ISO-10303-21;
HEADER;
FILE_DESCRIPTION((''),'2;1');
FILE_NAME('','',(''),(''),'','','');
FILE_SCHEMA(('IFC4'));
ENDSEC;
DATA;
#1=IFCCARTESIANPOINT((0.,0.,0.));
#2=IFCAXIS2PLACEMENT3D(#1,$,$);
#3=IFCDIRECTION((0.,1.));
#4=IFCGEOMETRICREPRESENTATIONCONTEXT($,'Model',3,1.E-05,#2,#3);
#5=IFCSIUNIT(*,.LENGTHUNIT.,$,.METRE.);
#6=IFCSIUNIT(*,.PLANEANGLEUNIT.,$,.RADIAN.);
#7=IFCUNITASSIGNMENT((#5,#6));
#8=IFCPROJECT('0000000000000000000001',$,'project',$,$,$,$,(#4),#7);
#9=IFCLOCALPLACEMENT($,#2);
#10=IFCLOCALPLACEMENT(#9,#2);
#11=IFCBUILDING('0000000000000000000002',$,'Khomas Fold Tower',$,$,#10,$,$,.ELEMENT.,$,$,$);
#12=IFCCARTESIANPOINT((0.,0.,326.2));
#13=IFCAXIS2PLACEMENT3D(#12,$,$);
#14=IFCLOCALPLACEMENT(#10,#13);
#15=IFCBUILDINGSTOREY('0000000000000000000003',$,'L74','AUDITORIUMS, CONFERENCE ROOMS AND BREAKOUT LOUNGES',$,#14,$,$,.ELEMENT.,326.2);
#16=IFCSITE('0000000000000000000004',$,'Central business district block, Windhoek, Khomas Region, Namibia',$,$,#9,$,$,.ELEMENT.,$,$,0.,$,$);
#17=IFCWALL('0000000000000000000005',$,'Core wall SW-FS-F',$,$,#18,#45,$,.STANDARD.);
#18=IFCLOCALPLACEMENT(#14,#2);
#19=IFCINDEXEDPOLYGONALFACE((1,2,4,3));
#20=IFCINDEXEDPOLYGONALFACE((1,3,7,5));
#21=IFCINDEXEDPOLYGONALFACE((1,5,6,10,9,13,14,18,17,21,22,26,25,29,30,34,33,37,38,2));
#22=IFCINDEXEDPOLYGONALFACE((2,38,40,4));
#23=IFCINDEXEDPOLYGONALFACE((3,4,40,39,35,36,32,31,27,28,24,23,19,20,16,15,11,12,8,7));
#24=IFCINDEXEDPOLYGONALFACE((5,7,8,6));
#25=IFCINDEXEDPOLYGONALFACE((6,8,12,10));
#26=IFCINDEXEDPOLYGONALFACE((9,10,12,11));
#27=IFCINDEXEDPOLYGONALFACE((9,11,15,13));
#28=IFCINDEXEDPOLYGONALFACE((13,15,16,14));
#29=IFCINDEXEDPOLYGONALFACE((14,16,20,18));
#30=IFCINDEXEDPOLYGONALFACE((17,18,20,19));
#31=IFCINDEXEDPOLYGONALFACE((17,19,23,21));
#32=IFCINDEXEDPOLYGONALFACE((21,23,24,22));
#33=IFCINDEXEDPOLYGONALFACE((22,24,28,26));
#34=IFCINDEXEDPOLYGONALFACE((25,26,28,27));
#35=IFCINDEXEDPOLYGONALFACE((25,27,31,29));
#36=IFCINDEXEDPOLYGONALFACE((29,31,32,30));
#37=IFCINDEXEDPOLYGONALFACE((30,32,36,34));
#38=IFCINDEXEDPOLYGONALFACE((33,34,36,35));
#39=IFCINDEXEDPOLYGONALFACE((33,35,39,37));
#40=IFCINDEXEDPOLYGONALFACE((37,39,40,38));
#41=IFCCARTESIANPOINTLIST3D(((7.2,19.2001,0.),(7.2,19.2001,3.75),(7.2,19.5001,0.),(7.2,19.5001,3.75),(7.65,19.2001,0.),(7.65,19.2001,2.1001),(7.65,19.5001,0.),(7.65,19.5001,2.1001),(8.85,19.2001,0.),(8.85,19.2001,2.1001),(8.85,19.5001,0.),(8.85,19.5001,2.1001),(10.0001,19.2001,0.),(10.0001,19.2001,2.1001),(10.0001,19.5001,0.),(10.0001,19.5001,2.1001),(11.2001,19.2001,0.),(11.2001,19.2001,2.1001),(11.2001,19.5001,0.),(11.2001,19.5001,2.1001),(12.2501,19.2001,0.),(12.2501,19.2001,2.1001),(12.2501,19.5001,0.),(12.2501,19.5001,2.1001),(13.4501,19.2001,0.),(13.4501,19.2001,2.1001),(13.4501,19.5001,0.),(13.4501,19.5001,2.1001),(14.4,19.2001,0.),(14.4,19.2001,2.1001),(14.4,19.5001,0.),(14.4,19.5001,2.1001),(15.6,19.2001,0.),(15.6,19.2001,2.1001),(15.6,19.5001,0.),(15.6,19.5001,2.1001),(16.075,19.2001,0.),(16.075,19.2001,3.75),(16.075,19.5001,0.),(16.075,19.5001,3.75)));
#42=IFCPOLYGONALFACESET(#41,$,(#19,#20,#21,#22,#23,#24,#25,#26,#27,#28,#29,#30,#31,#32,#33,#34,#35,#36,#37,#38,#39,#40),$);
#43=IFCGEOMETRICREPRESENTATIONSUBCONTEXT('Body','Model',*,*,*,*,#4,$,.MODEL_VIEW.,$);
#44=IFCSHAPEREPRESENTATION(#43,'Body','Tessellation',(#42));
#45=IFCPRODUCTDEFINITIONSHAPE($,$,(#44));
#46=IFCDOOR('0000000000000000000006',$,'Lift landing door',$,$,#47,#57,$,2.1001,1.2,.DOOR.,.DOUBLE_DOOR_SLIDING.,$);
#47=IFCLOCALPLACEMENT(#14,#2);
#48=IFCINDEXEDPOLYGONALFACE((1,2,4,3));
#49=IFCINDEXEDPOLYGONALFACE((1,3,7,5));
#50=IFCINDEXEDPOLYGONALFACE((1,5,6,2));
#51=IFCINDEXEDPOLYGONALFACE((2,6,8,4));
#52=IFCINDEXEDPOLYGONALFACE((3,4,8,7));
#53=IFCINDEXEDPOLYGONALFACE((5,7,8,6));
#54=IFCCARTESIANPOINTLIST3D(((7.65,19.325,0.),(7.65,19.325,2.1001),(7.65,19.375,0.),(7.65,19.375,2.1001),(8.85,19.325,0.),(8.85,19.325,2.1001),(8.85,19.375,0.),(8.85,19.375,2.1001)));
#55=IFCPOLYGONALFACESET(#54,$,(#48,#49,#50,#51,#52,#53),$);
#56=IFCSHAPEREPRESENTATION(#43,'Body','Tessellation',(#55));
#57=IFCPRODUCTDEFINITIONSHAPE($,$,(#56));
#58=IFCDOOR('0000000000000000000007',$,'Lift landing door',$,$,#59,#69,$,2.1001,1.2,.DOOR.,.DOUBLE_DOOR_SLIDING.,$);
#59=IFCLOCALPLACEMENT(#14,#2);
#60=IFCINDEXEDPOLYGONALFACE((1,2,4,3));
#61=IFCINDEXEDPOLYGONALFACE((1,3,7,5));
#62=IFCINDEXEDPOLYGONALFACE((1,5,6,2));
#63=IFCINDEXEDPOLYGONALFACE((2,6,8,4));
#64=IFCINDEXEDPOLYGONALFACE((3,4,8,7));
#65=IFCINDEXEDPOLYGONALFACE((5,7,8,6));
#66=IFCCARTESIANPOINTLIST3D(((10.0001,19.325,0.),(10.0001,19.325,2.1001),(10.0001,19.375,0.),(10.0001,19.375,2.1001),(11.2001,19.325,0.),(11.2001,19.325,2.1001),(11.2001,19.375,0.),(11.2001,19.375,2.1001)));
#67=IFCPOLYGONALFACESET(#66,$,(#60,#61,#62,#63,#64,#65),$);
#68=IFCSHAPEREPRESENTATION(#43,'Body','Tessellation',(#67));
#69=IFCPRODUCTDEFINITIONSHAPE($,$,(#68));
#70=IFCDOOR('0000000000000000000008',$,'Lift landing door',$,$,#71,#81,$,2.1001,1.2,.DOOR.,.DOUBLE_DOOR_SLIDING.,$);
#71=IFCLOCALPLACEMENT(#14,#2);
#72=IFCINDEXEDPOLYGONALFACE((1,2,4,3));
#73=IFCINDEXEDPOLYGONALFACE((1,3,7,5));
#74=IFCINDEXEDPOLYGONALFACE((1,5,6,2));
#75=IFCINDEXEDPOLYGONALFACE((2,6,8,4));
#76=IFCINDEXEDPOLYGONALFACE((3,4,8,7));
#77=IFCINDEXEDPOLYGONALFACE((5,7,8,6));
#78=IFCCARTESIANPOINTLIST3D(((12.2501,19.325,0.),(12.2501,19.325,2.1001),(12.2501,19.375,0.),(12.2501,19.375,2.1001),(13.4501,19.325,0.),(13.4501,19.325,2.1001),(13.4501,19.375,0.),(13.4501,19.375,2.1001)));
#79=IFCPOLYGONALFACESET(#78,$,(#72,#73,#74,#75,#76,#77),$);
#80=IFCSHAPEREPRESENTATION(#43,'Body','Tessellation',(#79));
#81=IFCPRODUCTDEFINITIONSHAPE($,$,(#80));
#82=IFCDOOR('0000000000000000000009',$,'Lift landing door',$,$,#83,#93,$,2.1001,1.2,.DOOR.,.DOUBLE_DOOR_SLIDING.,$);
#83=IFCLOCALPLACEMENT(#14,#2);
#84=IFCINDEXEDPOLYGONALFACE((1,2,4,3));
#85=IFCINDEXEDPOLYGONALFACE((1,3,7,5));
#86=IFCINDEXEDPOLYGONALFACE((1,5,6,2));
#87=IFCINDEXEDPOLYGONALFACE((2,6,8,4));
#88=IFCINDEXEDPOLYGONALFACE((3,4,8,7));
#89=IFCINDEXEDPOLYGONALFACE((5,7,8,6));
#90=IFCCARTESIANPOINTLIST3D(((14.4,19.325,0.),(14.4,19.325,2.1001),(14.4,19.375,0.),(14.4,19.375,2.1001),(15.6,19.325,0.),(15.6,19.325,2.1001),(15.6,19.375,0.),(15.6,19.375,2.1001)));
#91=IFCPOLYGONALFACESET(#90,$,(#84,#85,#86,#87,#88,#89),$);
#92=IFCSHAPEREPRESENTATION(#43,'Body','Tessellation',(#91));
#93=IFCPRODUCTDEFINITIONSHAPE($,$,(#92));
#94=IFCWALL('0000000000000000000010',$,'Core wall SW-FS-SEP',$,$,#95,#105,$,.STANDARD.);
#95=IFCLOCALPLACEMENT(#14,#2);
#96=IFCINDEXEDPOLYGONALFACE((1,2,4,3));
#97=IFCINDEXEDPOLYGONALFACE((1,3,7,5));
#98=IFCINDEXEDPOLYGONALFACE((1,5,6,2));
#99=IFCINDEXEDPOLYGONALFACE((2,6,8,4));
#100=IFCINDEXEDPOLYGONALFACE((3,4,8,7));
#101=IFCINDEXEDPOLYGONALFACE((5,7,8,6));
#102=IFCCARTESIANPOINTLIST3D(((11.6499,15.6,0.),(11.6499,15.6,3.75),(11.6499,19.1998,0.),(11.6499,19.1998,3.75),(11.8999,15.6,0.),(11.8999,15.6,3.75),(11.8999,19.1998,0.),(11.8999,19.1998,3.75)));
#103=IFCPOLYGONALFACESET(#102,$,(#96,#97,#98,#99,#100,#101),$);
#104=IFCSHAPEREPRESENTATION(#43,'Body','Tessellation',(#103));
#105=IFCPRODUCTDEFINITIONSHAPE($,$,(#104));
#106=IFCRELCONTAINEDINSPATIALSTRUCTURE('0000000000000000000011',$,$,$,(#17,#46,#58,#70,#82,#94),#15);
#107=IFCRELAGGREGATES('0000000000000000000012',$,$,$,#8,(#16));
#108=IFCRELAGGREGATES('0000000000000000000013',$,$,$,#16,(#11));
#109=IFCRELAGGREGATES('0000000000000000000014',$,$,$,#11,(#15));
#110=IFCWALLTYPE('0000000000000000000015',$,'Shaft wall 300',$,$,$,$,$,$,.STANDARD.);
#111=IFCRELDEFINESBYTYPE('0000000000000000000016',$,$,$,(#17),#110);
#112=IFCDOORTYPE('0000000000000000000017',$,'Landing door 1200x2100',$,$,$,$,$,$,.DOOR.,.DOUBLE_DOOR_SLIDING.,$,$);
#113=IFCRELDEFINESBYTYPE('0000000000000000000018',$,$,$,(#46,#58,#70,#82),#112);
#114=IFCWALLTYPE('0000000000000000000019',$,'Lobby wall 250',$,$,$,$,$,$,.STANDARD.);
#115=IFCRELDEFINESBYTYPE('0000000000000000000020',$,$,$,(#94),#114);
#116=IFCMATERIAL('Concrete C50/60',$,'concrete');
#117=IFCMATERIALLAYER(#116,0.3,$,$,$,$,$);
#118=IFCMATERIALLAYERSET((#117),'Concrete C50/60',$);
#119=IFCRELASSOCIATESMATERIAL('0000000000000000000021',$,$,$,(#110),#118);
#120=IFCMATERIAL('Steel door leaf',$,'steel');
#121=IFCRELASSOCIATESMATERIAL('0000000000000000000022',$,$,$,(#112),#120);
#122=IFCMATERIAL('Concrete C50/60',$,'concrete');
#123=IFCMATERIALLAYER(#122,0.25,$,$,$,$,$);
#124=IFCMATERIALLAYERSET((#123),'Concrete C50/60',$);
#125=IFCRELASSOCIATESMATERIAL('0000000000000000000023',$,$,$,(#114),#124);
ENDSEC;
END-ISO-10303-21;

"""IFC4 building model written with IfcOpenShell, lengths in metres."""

from ifc_helpers import new_model, si_unit, direction, frame, frame_2d, origin, place, context, subcontext, project, spatial, rectangle, extrude, source, transform, mapped, material, layer, layer_set, type_object, element, fill, save


model = new_model("IFC4")

# Units and contexts
model_context = context("Model", 3, precision=1e-05, world=origin(), true_north=direction((0.0, 1.0)))
body_context = subcontext(model_context, "Body", "Model", "MODEL_VIEW")
ifc_project = project(units=[si_unit("LENGTHUNIT", "METRE"), si_unit("PLANEANGLEUNIT", "RADIAN")], contexts=[model_context])

# Site, building, storey
site_placement = place(None, origin())
site = spatial("IfcSite", under=ifc_project, at=site_placement, Name="Central business district block, Windhoek, Khomas Region, Namibia", CompositionType="ELEMENT", RefElevation=0.0)
building_placement = place(site_placement, origin())
building = spatial("IfcBuilding", under=site, at=building_placement, Name="Khomas Fold Tower", CompositionType="ELEMENT")
storey_placement = place(building_placement, frame((0.0, 0.0, 326.2)))
storey = spatial("IfcBuildingStorey", under=building, at=storey_placement, Name="L74", Description="AUDITORIUMS, CONFERENCE ROOMS AND BREAKOUT LOUNGES", CompositionType="ELEMENT", Elevation=326.2)

# Wall, openings, doors
ifc_material_1 = material(Name="Concrete C50/60", Category="concrete")
ifc_layer_1 = layer(ifc_material_1, 0.3)
ifc_layer_set_1 = layer_set([ifc_layer_1], Name="Concrete C50/60")
wall_type_1 = type_object("IfcWallType", Name="Shaft wall 300", PredefinedType="STANDARD", material=ifc_layer_set_1)
shared_shape_1 = source(origin(), body_context, "Body", "SweptSolid", [
    extrude(rectangle(XDim=8.875, YDim=0.3, at=frame_2d((4.4375, 0.0))), origin(), (0.0, 0.0, 1.0), 3.75),
])
wall_1_placement = place(storey_placement, frame((7.2, 19.3501, 0.0), z_axis=(0.0, 0.0, 1.0), x_axis=(1.0, 0.0, 0.0)))
wall_1 = element("IfcWall", 1, at=wall_1_placement, inside=storey, type_object=wall_type_1, Name="Core wall SW-FS-F", PredefinedType="STANDARD", context=body_context, shape_type="MappedRepresentation", body=[
    mapped(shared_shape_1, transform((0.0, 0.0, 0.0))),
])
shared_shape_2 = source(origin(), body_context, "Body", "SweptSolid", [
    extrude(rectangle(XDim=1.2, YDim=2.1001, at=frame_2d((0.6001, 1.05))), frame((0.0, 0.1599, 0.0), z_axis=(0.0, -1.0, 0.0), x_axis=(1.0, 0.0, 0.0)), (0.0, 0.0, 1.0), 0.3201),
])
opening_1_placement = place(wall_1_placement, frame((0.45, 0.0, 0.0)))
opening_1 = element("IfcOpeningElement", 2, at=opening_1_placement, cuts=wall_1, PredefinedType="OPENING", context=body_context, shape_type="MappedRepresentation", body=[
    mapped(shared_shape_2, transform((0.0, 0.0, 0.0))),
])
opening_2_placement = place(wall_1_placement, frame((2.8, 0.0, 0.0)))
opening_2 = element("IfcOpeningElement", 3, at=opening_2_placement, cuts=wall_1, PredefinedType="OPENING", context=body_context, shape_type="MappedRepresentation", body=[
    mapped(shared_shape_2, transform((0.0, 0.0, 0.0))),
])
opening_3_placement = place(wall_1_placement, frame((5.05, 0.0, 0.0)))
opening_3 = element("IfcOpeningElement", 4, at=opening_3_placement, cuts=wall_1, PredefinedType="OPENING", context=body_context, shape_type="MappedRepresentation", body=[
    mapped(shared_shape_2, transform((0.0, 0.0, 0.0))),
])
opening_4_placement = place(wall_1_placement, frame((7.2, 0.0, 0.0)))
opening_4 = element("IfcOpeningElement", 5, at=opening_4_placement, cuts=wall_1, PredefinedType="OPENING", context=body_context, shape_type="MappedRepresentation", body=[
    mapped(shared_shape_2, transform((0.0, 0.0, 0.0))),
])
ifc_material_2 = material(Name="Steel door leaf", Category="steel")
door_type_1 = type_object("IfcDoorType", Name="Landing door 1200x2100", OperationType="DOUBLE_DOOR_SLIDING", PredefinedType="DOOR", material=ifc_material_2)
shared_shape_3 = source(origin(), body_context, "Body", "SweptSolid", [
    extrude(rectangle(XDim=1.2, YDim=2.1001, at=frame_2d((0.6001, 1.05))), frame((0.0, 0.0249, 0.0), z_axis=(0.0, -1.0, 0.0), x_axis=(1.0, 0.0, 0.0)), (0.0, 0.0, 1.0), 0.05),
])
door_1_placement = place(opening_1_placement, origin())
door_1 = element("IfcDoor", 6, at=door_1_placement, inside=storey, type_object=door_type_1, Name="Lift landing door", OperationType="DOUBLE_DOOR_SLIDING", OverallHeight=2.1001, OverallWidth=1.2, PredefinedType="DOOR", context=body_context, shape_type="MappedRepresentation", body=[
    mapped(shared_shape_3, transform((0.0, 0.0, 0.0))),
])
fill(opening_1, door_1)
door_2_placement = place(opening_2_placement, origin())
door_2 = element("IfcDoor", 7, at=door_2_placement, inside=storey, type_object=door_type_1, Name="Lift landing door", OperationType="DOUBLE_DOOR_SLIDING", OverallHeight=2.1001, OverallWidth=1.2, PredefinedType="DOOR", context=body_context, shape_type="MappedRepresentation", body=[
    mapped(shared_shape_3, transform((0.0, 0.0, 0.0))),
])
fill(opening_2, door_2)
door_3_placement = place(opening_3_placement, origin())
door_3 = element("IfcDoor", 8, at=door_3_placement, inside=storey, type_object=door_type_1, Name="Lift landing door", OperationType="DOUBLE_DOOR_SLIDING", OverallHeight=2.1001, OverallWidth=1.2, PredefinedType="DOOR", context=body_context, shape_type="MappedRepresentation", body=[
    mapped(shared_shape_3, transform((0.0, 0.0, 0.0))),
])
fill(opening_3, door_3)
door_4_placement = place(opening_4_placement, origin())
door_4 = element("IfcDoor", 9, at=door_4_placement, inside=storey, type_object=door_type_1, Name="Lift landing door", OperationType="DOUBLE_DOOR_SLIDING", OverallHeight=2.1001, OverallWidth=1.2, PredefinedType="DOOR", context=body_context, shape_type="MappedRepresentation", body=[
    mapped(shared_shape_3, transform((0.0, 0.0, 0.0))),
])
fill(opening_4, door_4)

# Wall
ifc_material_3 = material(Name="Concrete C50/60", Category="concrete")
ifc_layer_2 = layer(ifc_material_3, 0.25)
ifc_layer_set_2 = layer_set([ifc_layer_2], Name="Concrete C50/60")
wall_type_2 = type_object("IfcWallType", Name="Lobby wall 250", PredefinedType="STANDARD", material=ifc_layer_set_2)
shared_shape_4 = source(origin(), body_context, "Body", "SweptSolid", [
    extrude(rectangle(XDim=3.5999, YDim=0.25, at=frame_2d((1.7998, 0.0))), origin(), (0.0, 0.0, 1.0), 3.75),
])
wall_2_placement = place(storey_placement, frame((11.7749, 15.6001, 0.0), z_axis=(0.0, 0.0, 1.0), x_axis=(0.0, 1.0, 0.0)))
element("IfcWall", 10, at=wall_2_placement, inside=storey, type_object=wall_type_2, Name="Core wall SW-FS-SEP", PredefinedType="STANDARD", context=body_context, shape_type="MappedRepresentation", body=[
    mapped(shared_shape_4, transform((0.0, 0.0, 0.0))),
])

save(model, "model.ifc")
